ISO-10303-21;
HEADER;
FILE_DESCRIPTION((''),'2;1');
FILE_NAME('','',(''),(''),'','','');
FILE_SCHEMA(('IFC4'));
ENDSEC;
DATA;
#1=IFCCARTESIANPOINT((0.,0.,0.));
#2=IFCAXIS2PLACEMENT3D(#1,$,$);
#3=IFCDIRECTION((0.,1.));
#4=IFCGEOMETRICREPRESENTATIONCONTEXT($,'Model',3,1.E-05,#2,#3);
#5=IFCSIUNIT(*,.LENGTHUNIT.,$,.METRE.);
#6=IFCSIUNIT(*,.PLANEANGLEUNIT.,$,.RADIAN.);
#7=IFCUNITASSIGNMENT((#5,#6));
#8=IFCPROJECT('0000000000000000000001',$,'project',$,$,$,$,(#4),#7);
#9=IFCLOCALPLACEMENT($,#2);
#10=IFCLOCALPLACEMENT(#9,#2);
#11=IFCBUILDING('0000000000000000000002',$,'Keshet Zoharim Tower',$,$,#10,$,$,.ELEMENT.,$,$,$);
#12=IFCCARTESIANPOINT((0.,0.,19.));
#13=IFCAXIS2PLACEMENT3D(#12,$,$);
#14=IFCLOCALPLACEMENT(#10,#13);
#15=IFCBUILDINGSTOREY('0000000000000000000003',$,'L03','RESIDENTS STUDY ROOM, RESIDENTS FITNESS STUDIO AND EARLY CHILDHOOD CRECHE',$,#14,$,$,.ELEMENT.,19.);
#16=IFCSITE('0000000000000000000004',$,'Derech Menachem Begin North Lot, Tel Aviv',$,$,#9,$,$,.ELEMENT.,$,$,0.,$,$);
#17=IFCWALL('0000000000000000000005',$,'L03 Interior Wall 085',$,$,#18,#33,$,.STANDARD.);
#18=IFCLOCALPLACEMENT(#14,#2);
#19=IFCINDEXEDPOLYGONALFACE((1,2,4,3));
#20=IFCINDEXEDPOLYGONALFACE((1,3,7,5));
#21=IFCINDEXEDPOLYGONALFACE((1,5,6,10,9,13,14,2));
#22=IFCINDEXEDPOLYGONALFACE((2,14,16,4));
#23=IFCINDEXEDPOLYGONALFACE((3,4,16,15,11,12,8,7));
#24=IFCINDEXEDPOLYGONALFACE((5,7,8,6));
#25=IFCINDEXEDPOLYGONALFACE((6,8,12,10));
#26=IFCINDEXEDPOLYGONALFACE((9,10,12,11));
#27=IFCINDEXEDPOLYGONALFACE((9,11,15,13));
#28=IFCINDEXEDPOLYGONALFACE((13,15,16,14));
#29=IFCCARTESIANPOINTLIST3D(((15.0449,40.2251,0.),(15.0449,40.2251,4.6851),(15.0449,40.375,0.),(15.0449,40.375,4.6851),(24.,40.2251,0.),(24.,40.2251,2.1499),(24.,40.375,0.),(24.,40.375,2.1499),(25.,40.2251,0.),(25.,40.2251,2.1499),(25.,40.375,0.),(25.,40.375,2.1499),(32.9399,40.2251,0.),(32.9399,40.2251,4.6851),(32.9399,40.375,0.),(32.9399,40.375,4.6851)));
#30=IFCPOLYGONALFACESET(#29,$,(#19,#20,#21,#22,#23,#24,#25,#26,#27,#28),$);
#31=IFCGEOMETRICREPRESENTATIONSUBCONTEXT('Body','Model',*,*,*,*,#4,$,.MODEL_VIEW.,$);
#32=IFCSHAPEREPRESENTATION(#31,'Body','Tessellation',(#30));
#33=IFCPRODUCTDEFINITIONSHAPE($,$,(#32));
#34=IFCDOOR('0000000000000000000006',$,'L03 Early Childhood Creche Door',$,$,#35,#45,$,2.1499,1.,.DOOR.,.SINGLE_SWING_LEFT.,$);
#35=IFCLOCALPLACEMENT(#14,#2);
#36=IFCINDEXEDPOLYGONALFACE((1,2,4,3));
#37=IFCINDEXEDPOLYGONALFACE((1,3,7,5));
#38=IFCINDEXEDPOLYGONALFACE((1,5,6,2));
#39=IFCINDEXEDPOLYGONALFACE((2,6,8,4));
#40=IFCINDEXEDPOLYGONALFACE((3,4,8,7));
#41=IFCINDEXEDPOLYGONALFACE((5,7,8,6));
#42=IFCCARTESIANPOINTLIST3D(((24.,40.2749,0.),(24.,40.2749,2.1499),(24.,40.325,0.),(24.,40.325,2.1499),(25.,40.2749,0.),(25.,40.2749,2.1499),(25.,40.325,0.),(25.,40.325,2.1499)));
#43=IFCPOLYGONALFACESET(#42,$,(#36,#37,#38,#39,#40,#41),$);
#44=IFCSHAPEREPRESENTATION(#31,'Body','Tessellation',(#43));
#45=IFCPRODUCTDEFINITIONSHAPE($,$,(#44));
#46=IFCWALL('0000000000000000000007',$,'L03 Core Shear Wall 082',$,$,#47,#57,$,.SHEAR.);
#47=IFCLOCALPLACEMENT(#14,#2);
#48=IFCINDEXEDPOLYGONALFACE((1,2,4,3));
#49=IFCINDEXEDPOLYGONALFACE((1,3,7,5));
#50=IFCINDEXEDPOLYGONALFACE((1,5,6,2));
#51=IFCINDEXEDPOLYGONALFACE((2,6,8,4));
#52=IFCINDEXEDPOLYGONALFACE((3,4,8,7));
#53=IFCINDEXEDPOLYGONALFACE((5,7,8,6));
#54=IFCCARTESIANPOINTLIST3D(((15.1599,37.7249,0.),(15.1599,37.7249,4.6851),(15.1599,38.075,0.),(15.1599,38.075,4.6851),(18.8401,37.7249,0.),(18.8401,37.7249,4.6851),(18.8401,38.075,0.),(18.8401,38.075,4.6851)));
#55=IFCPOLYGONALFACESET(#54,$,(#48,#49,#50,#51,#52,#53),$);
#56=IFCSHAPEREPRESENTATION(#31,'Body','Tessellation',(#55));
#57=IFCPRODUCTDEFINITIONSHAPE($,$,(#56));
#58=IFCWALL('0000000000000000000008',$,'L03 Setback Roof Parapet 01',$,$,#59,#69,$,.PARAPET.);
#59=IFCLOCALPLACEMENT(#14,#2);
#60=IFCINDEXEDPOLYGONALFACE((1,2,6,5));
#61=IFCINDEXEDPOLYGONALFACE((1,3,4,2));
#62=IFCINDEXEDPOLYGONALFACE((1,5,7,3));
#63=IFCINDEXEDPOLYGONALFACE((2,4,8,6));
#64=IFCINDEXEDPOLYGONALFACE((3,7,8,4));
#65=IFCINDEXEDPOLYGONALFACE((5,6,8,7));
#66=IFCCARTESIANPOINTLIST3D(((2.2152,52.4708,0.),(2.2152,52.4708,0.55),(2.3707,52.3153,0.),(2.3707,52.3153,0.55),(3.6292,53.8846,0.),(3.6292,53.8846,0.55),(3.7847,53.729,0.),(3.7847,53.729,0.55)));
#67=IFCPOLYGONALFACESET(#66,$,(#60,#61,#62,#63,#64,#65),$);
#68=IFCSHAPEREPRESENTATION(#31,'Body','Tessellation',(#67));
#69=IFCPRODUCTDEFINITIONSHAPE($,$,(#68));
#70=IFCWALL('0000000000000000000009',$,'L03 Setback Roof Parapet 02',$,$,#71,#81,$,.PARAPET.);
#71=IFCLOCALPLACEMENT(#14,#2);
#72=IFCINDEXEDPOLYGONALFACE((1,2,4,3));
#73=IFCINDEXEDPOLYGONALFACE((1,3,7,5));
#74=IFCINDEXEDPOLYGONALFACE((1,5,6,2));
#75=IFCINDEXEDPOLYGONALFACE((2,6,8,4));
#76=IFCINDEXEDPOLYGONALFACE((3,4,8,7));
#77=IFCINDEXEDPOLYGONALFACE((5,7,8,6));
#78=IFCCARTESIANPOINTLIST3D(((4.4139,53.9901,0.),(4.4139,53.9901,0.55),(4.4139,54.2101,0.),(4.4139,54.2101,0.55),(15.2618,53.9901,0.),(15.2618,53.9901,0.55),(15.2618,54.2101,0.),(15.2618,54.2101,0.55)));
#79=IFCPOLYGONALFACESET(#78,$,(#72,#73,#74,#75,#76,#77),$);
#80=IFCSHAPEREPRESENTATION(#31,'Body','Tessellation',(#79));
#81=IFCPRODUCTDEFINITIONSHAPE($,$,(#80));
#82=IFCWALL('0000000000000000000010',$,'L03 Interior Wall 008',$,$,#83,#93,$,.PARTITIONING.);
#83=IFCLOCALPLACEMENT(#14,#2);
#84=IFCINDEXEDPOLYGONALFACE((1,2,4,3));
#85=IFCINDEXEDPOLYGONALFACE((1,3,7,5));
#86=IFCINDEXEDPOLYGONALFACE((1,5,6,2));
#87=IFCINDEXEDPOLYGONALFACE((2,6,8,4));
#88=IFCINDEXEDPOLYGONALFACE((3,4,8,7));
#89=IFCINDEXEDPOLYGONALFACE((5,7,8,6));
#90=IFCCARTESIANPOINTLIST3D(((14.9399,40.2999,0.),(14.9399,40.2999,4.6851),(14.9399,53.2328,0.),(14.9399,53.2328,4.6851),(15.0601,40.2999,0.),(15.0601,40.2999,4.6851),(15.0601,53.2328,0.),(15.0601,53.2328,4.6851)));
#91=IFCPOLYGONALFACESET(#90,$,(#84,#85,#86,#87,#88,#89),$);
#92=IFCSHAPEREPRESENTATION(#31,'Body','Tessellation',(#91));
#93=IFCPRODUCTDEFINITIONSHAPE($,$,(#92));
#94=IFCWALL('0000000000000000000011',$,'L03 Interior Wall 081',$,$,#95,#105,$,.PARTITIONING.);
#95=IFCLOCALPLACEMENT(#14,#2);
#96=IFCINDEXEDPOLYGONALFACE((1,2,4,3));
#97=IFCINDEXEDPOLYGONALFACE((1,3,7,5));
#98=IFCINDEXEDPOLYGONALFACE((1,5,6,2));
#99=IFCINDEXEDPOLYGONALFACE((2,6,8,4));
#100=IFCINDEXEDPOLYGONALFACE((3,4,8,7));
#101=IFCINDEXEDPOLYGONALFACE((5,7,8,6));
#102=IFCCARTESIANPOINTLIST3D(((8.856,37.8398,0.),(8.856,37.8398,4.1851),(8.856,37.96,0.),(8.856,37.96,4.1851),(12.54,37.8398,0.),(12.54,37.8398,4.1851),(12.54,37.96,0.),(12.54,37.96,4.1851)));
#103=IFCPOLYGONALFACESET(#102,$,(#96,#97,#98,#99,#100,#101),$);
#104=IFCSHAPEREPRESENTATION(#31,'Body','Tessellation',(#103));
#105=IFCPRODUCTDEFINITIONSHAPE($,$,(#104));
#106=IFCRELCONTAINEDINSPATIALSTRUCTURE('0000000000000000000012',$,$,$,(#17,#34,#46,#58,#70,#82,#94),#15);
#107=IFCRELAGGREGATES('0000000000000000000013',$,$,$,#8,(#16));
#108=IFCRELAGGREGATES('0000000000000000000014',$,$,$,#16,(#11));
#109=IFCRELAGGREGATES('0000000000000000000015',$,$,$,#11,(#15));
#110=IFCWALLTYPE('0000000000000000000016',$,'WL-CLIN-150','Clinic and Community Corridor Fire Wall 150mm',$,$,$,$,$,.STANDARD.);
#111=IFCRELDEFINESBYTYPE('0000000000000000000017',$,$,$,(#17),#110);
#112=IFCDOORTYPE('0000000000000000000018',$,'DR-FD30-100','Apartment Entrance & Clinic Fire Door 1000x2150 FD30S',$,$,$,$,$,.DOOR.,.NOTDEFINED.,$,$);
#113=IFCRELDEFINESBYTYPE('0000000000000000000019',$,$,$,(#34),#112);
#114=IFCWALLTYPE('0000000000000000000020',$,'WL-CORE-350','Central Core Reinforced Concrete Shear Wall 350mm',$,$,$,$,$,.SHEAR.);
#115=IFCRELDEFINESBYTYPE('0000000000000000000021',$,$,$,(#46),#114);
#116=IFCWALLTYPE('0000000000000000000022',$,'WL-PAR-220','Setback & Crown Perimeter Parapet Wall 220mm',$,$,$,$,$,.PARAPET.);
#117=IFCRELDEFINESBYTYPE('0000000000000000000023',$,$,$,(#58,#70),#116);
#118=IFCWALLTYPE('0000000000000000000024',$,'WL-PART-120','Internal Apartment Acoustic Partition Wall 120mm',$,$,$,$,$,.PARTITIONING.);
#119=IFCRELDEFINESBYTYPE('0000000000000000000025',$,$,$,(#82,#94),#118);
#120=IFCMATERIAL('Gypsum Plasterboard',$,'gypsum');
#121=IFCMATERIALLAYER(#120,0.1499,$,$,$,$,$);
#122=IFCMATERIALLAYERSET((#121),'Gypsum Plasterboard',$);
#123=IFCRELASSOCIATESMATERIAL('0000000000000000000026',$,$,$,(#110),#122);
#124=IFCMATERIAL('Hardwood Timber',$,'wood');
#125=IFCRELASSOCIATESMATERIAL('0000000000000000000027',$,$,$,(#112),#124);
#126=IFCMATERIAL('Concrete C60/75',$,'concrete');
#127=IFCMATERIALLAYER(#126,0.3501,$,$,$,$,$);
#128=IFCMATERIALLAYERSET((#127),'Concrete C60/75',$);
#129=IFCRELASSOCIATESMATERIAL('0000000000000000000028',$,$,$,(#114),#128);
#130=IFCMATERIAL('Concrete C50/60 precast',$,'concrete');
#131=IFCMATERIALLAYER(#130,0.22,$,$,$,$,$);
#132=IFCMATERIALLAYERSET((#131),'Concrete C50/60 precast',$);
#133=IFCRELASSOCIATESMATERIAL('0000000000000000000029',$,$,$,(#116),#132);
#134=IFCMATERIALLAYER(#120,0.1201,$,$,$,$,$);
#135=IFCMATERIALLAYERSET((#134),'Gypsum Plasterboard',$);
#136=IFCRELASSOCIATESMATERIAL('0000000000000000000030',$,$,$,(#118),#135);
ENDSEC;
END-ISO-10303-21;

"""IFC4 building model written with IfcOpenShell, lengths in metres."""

from ifc_helpers import new_model, si_unit, direction, frame, frame_2d, origin, place, context, subcontext, project, spatial, rectangle, extrude, material, layer, layer_set, type_object, element, fill, save


model = new_model("IFC4")

# Units and contexts
model_context = context("Model", 3, precision=1e-05, world=origin(), true_north=direction((0.0, 1.0)))
body_context = subcontext(model_context, "Body", "Model", "MODEL_VIEW")
ifc_project = project(units=[si_unit("LENGTHUNIT", "METRE"), si_unit("PLANEANGLEUNIT", "RADIAN")], contexts=[model_context])

# Site, building, storey
site_placement = place(None, origin())
site = spatial("IfcSite", under=ifc_project, at=site_placement, Name="Derech Menachem Begin North Lot, Tel Aviv", CompositionType="ELEMENT", RefElevation=0.0)
building_placement = place(site_placement, origin())
building = spatial("IfcBuilding", under=site, at=building_placement, Name="Keshet Zoharim Tower", CompositionType="ELEMENT")
storey_placement = place(building_placement, frame((0.0, 0.0, 19.0)))
storey = spatial("IfcBuildingStorey", under=building, at=storey_placement, Name="L03", Description="RESIDENTS STUDY ROOM, RESIDENTS FITNESS STUDIO AND EARLY CHILDHOOD CRECHE", CompositionType="ELEMENT", Elevation=19.0)

# Shared definitions
ifc_material_1 = material(Name="Gypsum Plasterboard", Category="gypsum")
ifc_layer_1 = layer(ifc_material_1, 0.1499)
ifc_layer_set_1 = layer_set([ifc_layer_1], Name="Gypsum Plasterboard")
wall_type_1 = type_object("IfcWallType", Name="WL-CLIN-150", Description="Clinic and Community Corridor Fire Wall 150mm", PredefinedType="STANDARD", material=ifc_layer_set_1)
ifc_material_2 = material(Name="Hardwood Timber", Category="wood")
door_type = type_object("IfcDoorType", Name="DR-FD30-100", Description="Apartment Entrance & Clinic Fire Door 1000x2150 FD30S", OperationType="NOTDEFINED", PredefinedType="DOOR", material=ifc_material_2)

# Wall, opening, door
wall_1_placement = place(storey_placement, frame((15.0449, 40.3, 0.0), z_axis=(0.0, 0.0, 1.0), x_axis=(1.0, 0.0, 0.0)))
wall_1 = element("IfcWall", 1, at=wall_1_placement, inside=storey, type_object=wall_type_1, Name="L03 Interior Wall 085", PredefinedType="STANDARD", context=body_context, shape_type="SweptSolid", body=[
    extrude(rectangle(XDim=17.895, YDim=0.1499, at=frame_2d((8.9475, 0.0))), origin(), (0.0, 0.0, 1.0), 4.6851),
])
opening_1_placement = place(wall_1_placement, frame((8.9551, 0.0, 0.0)))
opening_1 = element("IfcOpeningElement", 2, at=opening_1_placement, cuts=wall_1, PredefinedType="OPENING", context=body_context, shape_type="SweptSolid", body=[
    extrude(rectangle(XDim=1.0, YDim=2.1499, at=frame_2d((0.5, 1.075))), frame((0.0, 0.085, 0.0), z_axis=(0.0, -1.0, 0.0), x_axis=(1.0, 0.0, 0.0)), (0.0, 0.0, 1.0), 0.1699),
])
door_1_placement = place(opening_1_placement, origin())
door_1 = element("IfcDoor", 3, at=door_1_placement, inside=storey, type_object=door_type, Name="L03 Early Childhood Creche Door", OperationType="SINGLE_SWING_LEFT", OverallHeight=2.1499, OverallWidth=1.0, PredefinedType="DOOR", context=body_context, shape_type="SweptSolid", body=[
    extrude(rectangle(XDim=1.0, YDim=2.1499, at=frame_2d((0.5, 1.075))), frame((0.0, 0.0249, 0.0), z_axis=(0.0, -1.0, 0.0), x_axis=(1.0, 0.0, 0.0)), (0.0, 0.0, 1.0), 0.05),
])
fill(opening_1, door_1)

# Walls
ifc_material_3 = material(Name="Concrete C60/75", Category="concrete")
ifc_layer_2 = layer(ifc_material_3, 0.3501)
ifc_layer_set_2 = layer_set([ifc_layer_2], Name="Concrete C60/75")
wall_type_2 = type_object("IfcWallType", Name="WL-CORE-350", Description="Central Core Reinforced Concrete Shear Wall 350mm", PredefinedType="SHEAR", material=ifc_layer_set_2)
wall_2_placement = place(storey_placement, frame((15.1599, 37.8999, 0.0), z_axis=(0.0, 0.0, 1.0), x_axis=(1.0, 0.0, 0.0)))
element("IfcWall", 4, at=wall_2_placement, inside=storey, type_object=wall_type_2, Name="L03 Core Shear Wall 082", PredefinedType="SHEAR", context=body_context, shape_type="SweptSolid", body=[
    extrude(rectangle(XDim=3.6802, YDim=0.3501, at=frame_2d((1.8401, 0.0))), origin(), (0.0, 0.0, 1.0), 4.6851),
])
ifc_material_4 = material(Name="Concrete C50/60 precast", Category="concrete")
ifc_layer_3 = layer(ifc_material_4, 0.22)
ifc_layer_set_3 = layer_set([ifc_layer_3], Name="Concrete C50/60 precast")
wall_type_3 = type_object("IfcWallType", Name="WL-PAR-220", Description="Setback & Crown Perimeter Parapet Wall 220mm", PredefinedType="PARAPET", material=ifc_layer_set_3)
wall_3_placement = place(storey_placement, frame((2.293, 52.3931, 0.0), z_axis=(0.0, 0.0, 1.0), x_axis=(0.707168, 0.707046, 0.0)))
element("IfcWall", 5, at=wall_3_placement, inside=storey, type_object=wall_type_3, Name="L03 Setback Roof Parapet 01", PredefinedType="PARAPET", context=body_context, shape_type="SweptSolid", body=[
    extrude(rectangle(XDim=1.9995, YDim=0.22, at=frame_2d((0.9998, 0.0))), origin(), (0.0, 0.0, 1.0), 0.55),
])
wall_4_placement = place(storey_placement, frame((4.4141, 54.1001, 0.0), z_axis=(0.0, 0.0, 1.0), x_axis=(1.0, 0.0, 0.0)))
element("IfcWall", 6, at=wall_4_placement, inside=storey, type_object=wall_type_3, Name="L03 Setback Roof Parapet 02", PredefinedType="PARAPET", context=body_context, shape_type="SweptSolid", body=[
    extrude(rectangle(XDim=10.8479, YDim=0.22, at=frame_2d((5.4238, 0.0))), origin(), (0.0, 0.0, 1.0), 0.55),
])
ifc_layer_4 = layer(ifc_material_1, 0.1201)
ifc_layer_set_4 = layer_set([ifc_layer_4], Name="Gypsum Plasterboard")
wall_type_4 = type_object("IfcWallType", Name="WL-PART-120", Description="Internal Apartment Acoustic Partition Wall 120mm", PredefinedType="PARTITIONING", material=ifc_layer_set_4)
wall_5_placement = place(storey_placement, frame((15.0, 40.3, 0.0), z_axis=(0.0, 0.0, 1.0), x_axis=(0.0, 1.0, 0.0)))
element("IfcWall", 7, at=wall_5_placement, inside=storey, type_object=wall_type_4, Name="L03 Interior Wall 008", PredefinedType="PARTITIONING", context=body_context, shape_type="SweptSolid", body=[
    extrude(rectangle(XDim=12.9329, YDim=0.1201, at=frame_2d((6.4663, 0.0))), origin(), (0.0, 0.0, 1.0), 4.6851),
])
wall_6_placement = place(storey_placement, frame((8.856, 37.8999, 0.0), z_axis=(0.0, 0.0, 1.0), x_axis=(1.0, 0.0, 0.0)))
element("IfcWall", 8, at=wall_6_placement, inside=storey, type_object=wall_type_4, Name="L03 Interior Wall 081", PredefinedType="PARTITIONING", context=body_context, shape_type="SweptSolid", body=[
    extrude(rectangle(XDim=3.6841, YDim=0.1201, at=frame_2d((1.842, 0.0))), origin(), (0.0, 0.0, 1.0), 4.1851),
])

save(model, "model.ifc")
